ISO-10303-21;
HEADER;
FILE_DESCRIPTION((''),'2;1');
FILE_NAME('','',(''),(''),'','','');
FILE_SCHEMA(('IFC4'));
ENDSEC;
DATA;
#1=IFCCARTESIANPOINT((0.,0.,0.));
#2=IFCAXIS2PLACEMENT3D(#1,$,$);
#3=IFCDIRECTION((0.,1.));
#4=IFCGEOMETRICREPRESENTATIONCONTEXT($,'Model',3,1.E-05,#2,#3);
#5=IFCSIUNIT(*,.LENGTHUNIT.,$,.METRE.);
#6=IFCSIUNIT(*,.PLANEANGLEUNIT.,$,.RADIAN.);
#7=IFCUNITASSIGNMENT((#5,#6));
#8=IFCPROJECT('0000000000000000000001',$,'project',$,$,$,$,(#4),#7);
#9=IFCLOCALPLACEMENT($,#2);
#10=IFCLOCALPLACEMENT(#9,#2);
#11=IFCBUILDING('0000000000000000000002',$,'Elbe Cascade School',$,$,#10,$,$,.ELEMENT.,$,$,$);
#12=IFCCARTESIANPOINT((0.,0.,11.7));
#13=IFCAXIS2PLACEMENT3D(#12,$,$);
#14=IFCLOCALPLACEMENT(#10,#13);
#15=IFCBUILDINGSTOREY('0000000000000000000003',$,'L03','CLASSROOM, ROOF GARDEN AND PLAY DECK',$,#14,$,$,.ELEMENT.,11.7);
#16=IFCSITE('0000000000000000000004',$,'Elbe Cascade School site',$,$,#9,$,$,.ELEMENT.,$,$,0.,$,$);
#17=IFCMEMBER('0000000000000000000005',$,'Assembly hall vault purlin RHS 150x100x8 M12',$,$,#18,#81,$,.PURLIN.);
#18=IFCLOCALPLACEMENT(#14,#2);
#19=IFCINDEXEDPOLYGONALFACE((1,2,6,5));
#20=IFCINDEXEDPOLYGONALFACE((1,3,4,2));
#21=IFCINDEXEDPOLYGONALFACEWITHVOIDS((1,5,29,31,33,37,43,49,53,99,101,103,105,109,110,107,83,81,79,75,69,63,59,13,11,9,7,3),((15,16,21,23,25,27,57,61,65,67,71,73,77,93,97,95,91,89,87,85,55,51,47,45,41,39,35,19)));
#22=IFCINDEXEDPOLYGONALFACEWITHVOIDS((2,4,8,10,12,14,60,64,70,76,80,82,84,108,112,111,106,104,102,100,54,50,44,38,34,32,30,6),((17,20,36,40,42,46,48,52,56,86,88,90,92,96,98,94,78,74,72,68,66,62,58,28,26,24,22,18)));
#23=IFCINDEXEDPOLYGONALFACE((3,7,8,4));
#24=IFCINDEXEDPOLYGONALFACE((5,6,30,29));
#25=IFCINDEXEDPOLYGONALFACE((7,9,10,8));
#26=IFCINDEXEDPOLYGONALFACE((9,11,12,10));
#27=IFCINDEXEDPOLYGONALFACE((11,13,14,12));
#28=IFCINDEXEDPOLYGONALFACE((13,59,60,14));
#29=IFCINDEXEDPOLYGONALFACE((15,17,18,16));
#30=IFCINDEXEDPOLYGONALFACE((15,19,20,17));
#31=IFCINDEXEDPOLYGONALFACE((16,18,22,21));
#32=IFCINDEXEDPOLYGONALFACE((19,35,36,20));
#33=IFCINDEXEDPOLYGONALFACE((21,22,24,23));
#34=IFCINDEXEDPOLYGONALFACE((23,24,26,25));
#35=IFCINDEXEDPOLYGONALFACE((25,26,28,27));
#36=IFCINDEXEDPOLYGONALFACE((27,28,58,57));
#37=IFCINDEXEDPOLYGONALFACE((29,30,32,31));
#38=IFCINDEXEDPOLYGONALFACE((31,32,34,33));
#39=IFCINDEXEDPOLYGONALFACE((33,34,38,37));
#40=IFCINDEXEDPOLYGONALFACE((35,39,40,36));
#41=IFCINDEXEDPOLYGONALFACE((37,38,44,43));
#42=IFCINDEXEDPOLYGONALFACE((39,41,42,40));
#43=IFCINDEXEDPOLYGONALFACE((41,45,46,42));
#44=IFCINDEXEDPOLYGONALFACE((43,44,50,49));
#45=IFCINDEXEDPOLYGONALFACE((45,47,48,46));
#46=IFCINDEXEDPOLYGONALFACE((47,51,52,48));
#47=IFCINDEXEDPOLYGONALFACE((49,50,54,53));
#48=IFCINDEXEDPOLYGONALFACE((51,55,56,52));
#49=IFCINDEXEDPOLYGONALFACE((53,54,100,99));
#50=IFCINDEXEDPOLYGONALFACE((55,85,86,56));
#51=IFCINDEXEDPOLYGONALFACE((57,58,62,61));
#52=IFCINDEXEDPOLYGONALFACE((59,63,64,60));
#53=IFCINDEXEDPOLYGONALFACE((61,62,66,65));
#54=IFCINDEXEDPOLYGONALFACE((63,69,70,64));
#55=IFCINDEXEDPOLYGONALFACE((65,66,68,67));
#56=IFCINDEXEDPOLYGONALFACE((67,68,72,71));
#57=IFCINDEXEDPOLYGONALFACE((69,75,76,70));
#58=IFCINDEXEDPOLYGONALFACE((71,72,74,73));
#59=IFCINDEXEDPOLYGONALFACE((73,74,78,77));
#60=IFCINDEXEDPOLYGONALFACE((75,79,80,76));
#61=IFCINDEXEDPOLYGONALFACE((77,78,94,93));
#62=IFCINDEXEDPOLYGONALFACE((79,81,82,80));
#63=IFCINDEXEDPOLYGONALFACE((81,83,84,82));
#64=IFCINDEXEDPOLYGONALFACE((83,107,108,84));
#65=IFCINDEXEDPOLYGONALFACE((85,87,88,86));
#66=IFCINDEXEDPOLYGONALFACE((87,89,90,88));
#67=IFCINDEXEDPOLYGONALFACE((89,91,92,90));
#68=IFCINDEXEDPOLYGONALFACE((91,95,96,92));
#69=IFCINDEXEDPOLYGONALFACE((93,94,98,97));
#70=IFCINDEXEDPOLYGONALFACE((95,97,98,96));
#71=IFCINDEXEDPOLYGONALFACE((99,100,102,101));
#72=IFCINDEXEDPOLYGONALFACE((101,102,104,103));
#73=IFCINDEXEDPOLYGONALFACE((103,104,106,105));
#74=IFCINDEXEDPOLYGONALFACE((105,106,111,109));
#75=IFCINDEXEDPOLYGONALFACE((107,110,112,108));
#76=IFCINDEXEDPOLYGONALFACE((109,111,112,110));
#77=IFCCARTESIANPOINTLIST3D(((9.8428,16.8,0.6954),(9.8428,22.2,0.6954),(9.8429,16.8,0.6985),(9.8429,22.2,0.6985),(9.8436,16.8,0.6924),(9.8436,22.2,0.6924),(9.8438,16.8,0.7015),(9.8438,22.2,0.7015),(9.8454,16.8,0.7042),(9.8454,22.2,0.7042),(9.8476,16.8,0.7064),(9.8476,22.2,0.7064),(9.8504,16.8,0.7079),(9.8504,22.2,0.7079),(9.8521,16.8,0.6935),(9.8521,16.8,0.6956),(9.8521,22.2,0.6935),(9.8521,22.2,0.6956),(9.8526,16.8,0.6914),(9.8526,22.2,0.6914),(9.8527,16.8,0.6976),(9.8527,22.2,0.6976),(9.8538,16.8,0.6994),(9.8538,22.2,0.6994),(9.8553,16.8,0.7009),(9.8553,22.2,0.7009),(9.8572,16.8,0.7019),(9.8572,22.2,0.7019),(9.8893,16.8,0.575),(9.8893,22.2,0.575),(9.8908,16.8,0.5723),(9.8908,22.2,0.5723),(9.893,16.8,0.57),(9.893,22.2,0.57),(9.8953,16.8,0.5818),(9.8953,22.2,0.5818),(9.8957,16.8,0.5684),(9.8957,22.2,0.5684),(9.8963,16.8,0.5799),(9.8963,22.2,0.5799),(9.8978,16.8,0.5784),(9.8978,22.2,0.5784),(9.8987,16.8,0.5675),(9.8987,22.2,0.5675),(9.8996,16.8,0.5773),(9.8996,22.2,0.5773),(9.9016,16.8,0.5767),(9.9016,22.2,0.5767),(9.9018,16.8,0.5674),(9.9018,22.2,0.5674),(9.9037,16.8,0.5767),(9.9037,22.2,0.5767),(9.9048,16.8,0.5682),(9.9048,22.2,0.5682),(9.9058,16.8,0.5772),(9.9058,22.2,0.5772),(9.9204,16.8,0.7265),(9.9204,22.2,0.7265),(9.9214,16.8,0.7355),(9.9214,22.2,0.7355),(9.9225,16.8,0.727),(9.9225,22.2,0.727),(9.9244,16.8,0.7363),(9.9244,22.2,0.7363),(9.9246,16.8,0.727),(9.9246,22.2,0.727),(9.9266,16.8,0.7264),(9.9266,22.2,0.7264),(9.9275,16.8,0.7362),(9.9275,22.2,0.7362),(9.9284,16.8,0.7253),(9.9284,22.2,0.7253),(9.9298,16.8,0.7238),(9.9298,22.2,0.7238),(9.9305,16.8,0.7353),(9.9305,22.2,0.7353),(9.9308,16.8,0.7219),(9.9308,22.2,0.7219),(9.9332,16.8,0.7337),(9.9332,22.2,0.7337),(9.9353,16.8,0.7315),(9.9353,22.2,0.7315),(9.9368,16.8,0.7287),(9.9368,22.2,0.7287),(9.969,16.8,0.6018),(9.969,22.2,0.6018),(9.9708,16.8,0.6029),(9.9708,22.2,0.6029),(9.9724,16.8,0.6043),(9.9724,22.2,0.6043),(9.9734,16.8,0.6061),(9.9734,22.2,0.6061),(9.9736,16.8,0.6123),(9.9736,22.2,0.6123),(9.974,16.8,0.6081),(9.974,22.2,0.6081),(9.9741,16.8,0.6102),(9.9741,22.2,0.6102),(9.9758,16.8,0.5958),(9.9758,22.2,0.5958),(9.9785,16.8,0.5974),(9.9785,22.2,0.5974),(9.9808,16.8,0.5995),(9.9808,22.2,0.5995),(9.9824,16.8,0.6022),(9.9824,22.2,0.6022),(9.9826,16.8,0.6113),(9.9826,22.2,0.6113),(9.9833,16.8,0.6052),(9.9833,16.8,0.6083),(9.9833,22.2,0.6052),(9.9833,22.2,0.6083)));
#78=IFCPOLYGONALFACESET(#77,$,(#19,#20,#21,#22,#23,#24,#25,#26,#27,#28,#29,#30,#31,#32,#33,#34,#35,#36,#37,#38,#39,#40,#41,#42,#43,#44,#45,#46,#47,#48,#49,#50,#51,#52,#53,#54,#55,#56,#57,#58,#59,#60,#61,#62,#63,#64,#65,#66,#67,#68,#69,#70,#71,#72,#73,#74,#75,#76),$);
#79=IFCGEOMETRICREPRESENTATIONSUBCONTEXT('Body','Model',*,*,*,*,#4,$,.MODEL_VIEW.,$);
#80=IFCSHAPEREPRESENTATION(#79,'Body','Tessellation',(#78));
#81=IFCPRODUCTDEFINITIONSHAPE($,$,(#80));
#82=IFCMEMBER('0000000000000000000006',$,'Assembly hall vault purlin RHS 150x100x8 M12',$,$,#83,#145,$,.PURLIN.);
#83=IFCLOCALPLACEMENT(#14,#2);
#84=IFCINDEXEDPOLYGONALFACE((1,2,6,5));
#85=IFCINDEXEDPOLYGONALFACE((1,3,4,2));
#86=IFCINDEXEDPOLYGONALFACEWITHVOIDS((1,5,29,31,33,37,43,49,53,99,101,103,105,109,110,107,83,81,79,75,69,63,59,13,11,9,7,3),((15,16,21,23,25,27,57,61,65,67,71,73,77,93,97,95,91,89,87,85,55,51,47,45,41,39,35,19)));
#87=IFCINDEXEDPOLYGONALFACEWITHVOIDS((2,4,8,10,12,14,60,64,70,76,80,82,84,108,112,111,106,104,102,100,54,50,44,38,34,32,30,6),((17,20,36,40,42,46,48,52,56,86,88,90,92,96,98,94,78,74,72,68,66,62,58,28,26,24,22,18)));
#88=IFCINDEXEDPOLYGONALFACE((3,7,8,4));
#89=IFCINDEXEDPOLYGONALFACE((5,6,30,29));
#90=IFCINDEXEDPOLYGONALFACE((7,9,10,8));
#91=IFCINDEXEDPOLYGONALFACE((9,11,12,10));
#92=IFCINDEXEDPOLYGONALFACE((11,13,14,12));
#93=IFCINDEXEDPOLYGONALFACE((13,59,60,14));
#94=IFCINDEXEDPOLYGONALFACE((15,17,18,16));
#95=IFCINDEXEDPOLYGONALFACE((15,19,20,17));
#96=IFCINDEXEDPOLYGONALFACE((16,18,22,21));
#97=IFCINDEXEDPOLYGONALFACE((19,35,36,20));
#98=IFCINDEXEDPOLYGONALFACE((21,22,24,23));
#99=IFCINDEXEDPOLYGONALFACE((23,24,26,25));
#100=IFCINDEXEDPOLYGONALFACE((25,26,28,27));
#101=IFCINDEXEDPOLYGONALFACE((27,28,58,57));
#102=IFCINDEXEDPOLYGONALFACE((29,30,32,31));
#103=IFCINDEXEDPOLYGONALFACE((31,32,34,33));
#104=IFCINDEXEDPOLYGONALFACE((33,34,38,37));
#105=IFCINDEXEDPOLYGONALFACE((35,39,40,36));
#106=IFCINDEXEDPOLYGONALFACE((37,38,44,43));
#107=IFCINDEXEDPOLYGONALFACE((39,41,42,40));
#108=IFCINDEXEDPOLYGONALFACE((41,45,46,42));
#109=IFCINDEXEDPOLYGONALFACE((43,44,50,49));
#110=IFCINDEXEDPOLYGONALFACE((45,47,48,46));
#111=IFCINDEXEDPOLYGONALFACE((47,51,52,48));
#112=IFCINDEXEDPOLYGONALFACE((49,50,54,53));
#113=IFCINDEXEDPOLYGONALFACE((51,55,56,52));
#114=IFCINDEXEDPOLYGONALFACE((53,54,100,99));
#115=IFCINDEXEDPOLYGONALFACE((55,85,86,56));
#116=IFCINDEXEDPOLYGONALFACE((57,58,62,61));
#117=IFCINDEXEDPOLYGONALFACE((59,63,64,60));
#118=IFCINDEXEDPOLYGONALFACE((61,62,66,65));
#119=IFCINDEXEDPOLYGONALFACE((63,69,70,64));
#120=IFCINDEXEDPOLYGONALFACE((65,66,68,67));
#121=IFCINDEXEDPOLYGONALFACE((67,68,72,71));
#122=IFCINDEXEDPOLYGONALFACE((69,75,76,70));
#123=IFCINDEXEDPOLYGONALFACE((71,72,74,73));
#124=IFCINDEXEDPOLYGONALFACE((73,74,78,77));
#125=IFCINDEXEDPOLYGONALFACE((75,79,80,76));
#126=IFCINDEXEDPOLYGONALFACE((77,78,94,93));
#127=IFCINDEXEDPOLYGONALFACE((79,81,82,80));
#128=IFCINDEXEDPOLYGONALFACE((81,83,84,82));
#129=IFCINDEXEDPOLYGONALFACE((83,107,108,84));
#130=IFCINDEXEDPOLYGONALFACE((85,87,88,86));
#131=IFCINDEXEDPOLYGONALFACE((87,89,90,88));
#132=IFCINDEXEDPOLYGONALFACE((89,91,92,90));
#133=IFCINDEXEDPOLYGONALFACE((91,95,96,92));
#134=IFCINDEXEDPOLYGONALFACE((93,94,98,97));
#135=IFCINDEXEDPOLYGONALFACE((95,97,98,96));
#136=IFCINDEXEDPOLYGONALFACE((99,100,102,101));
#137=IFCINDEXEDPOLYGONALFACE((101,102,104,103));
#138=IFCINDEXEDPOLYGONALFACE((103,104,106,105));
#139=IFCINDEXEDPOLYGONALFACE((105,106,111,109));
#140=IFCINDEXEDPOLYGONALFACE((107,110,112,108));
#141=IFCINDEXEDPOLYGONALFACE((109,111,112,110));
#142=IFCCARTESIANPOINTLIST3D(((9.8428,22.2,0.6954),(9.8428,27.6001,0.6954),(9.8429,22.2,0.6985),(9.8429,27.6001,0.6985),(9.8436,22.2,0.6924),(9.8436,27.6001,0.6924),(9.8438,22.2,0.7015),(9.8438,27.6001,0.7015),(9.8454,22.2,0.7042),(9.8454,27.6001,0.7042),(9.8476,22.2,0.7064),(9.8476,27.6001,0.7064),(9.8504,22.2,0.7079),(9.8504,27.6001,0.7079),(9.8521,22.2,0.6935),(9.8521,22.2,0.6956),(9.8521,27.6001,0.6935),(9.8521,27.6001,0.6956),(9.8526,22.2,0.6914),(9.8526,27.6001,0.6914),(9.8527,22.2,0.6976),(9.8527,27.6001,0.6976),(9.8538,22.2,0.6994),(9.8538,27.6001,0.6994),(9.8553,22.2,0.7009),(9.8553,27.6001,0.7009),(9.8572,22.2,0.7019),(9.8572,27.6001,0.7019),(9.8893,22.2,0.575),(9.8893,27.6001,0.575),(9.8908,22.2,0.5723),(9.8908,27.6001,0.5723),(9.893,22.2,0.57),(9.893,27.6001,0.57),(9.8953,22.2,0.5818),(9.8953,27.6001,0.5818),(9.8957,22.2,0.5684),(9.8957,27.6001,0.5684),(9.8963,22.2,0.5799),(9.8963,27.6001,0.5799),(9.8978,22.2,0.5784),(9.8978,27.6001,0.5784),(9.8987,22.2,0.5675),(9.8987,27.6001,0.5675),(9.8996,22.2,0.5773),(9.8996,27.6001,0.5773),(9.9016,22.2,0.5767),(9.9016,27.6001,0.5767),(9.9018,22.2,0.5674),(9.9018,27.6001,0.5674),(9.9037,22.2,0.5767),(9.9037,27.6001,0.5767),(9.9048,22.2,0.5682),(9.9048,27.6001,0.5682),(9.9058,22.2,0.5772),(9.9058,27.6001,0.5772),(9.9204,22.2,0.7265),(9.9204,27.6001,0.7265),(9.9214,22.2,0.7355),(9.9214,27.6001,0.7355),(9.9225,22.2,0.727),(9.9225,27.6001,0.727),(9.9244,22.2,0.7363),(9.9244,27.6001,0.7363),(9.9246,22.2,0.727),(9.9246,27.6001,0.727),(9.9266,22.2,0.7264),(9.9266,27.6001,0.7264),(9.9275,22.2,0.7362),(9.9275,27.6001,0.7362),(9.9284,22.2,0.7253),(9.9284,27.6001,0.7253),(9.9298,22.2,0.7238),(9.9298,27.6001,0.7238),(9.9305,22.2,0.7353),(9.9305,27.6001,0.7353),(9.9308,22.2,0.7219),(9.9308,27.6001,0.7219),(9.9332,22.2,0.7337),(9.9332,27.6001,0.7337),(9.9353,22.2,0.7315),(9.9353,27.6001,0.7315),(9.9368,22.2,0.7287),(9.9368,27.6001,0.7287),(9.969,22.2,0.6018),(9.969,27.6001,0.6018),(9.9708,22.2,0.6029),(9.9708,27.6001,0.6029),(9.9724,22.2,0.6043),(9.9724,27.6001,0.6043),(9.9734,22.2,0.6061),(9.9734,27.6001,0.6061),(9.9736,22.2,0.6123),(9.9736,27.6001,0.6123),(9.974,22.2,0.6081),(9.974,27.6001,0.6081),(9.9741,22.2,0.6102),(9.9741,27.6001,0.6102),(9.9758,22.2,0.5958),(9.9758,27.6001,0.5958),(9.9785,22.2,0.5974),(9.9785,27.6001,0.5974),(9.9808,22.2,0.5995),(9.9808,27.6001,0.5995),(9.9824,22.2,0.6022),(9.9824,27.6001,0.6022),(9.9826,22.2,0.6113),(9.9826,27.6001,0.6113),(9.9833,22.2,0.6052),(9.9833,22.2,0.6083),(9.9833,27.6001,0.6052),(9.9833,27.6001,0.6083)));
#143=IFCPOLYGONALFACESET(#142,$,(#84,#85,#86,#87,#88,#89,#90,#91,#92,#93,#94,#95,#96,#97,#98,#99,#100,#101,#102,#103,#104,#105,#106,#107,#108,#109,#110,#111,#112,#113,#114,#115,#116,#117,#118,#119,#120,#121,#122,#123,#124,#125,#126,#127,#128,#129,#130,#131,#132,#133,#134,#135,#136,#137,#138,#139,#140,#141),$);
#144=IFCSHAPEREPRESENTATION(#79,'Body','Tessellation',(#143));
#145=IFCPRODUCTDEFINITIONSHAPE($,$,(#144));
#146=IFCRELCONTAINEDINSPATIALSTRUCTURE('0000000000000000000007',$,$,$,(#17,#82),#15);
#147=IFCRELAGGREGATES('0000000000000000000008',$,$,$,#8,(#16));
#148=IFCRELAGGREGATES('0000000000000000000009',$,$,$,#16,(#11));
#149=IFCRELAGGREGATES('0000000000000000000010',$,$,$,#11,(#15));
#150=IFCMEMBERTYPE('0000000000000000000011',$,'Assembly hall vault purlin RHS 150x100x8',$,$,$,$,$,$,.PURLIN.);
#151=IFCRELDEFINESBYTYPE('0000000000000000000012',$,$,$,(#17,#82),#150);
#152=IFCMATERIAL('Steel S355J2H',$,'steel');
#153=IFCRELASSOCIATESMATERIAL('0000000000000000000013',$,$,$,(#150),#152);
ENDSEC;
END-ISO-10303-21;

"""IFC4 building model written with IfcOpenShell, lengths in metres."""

from ifc_helpers import new_model, si_unit, direction, frame, origin, origin_2d, place, context, subcontext, project, spatial, hollow_rectangle, extrude, material, material_profile, profile_set, type_object, element, save


model = new_model("IFC4")

# Units and contexts
model_context = context("Model", 3, precision=1e-05, world=origin(), true_north=direction((0.0, 1.0)))
body_context = subcontext(model_context, "Body", "Model", "MODEL_VIEW")
ifc_project = project(units=[si_unit("LENGTHUNIT", "METRE"), si_unit("PLANEANGLEUNIT", "RADIAN")], contexts=[model_context])

# Site, building, storey
site_placement = place(None, origin())
site = spatial("IfcSite", under=ifc_project, at=site_placement, Name="Elbe Cascade School site", CompositionType="ELEMENT", RefElevation=0.0)
building_placement = place(site_placement, origin())
building = spatial("IfcBuilding", under=site, at=building_placement, Name="Elbe Cascade School", CompositionType="ELEMENT")
storey_placement = place(building_placement, frame((0.0, 0.0, 11.7)))
storey = spatial("IfcBuildingStorey", under=building, at=storey_placement, Name="L03", Description="CLASSROOM, ROOF GARDEN AND PLAY DECK", CompositionType="ELEMENT", Elevation=11.7)

# Members
ifc_material_1 = material(Name="Steel S355J2H", Category="steel")
ifc_material_profile_1 = material_profile(ifc_material_1, hollow_rectangle(XDim=0.1001, YDim=0.1499, WallThickness=0.0081, InnerFilletRadius=0.0081, OuterFilletRadius=0.012, at=origin_2d()), Name="RHS 150x100x8")
ifc_profile_set_1 = profile_set([ifc_material_profile_1], Name="Steel S355J2H")
member_type_1 = type_object("IfcMemberType", Name="Assembly hall vault purlin RHS 150x100x8", PredefinedType="PURLIN", material=ifc_profile_set_1)
member_1_placement = place(storey_placement, frame((9.9131, 16.8, 0.6519), z_axis=(0.0, 1.0, 0.0), x_axis=(-0.93176, 0.0, -0.363076)))
element("IfcMember", 1, at=member_1_placement, inside=storey, type_object=member_type_1, Name="Assembly hall vault purlin RHS 150x100x8 M12", PredefinedType="PURLIN", context=body_context, shape_type="SweptSolid", body=[
    extrude(hollow_rectangle(XDim=0.1001, YDim=0.1499, WallThickness=0.0081, InnerFilletRadius=0.0081, OuterFilletRadius=0.012, at=origin_2d()), origin(), (0.0, 0.0, 1.0), 5.3999),
])
member_2_placement = place(storey_placement, frame((9.9131, 22.2, 0.6519), z_axis=(0.0, 1.0, 0.0), x_axis=(-0.93176, 0.0, -0.363076)))
element("IfcMember", 2, at=member_2_placement, inside=storey, type_object=member_type_1, Name="Assembly hall vault purlin RHS 150x100x8 M12", PredefinedType="PURLIN", context=body_context, shape_type="SweptSolid", body=[
    extrude(hollow_rectangle(XDim=0.1001, YDim=0.1499, WallThickness=0.0081, InnerFilletRadius=0.0081, OuterFilletRadius=0.012, at=origin_2d()), origin(), (0.0, 0.0, 1.0), 5.4001),
])

save(model, "model.ifc")
